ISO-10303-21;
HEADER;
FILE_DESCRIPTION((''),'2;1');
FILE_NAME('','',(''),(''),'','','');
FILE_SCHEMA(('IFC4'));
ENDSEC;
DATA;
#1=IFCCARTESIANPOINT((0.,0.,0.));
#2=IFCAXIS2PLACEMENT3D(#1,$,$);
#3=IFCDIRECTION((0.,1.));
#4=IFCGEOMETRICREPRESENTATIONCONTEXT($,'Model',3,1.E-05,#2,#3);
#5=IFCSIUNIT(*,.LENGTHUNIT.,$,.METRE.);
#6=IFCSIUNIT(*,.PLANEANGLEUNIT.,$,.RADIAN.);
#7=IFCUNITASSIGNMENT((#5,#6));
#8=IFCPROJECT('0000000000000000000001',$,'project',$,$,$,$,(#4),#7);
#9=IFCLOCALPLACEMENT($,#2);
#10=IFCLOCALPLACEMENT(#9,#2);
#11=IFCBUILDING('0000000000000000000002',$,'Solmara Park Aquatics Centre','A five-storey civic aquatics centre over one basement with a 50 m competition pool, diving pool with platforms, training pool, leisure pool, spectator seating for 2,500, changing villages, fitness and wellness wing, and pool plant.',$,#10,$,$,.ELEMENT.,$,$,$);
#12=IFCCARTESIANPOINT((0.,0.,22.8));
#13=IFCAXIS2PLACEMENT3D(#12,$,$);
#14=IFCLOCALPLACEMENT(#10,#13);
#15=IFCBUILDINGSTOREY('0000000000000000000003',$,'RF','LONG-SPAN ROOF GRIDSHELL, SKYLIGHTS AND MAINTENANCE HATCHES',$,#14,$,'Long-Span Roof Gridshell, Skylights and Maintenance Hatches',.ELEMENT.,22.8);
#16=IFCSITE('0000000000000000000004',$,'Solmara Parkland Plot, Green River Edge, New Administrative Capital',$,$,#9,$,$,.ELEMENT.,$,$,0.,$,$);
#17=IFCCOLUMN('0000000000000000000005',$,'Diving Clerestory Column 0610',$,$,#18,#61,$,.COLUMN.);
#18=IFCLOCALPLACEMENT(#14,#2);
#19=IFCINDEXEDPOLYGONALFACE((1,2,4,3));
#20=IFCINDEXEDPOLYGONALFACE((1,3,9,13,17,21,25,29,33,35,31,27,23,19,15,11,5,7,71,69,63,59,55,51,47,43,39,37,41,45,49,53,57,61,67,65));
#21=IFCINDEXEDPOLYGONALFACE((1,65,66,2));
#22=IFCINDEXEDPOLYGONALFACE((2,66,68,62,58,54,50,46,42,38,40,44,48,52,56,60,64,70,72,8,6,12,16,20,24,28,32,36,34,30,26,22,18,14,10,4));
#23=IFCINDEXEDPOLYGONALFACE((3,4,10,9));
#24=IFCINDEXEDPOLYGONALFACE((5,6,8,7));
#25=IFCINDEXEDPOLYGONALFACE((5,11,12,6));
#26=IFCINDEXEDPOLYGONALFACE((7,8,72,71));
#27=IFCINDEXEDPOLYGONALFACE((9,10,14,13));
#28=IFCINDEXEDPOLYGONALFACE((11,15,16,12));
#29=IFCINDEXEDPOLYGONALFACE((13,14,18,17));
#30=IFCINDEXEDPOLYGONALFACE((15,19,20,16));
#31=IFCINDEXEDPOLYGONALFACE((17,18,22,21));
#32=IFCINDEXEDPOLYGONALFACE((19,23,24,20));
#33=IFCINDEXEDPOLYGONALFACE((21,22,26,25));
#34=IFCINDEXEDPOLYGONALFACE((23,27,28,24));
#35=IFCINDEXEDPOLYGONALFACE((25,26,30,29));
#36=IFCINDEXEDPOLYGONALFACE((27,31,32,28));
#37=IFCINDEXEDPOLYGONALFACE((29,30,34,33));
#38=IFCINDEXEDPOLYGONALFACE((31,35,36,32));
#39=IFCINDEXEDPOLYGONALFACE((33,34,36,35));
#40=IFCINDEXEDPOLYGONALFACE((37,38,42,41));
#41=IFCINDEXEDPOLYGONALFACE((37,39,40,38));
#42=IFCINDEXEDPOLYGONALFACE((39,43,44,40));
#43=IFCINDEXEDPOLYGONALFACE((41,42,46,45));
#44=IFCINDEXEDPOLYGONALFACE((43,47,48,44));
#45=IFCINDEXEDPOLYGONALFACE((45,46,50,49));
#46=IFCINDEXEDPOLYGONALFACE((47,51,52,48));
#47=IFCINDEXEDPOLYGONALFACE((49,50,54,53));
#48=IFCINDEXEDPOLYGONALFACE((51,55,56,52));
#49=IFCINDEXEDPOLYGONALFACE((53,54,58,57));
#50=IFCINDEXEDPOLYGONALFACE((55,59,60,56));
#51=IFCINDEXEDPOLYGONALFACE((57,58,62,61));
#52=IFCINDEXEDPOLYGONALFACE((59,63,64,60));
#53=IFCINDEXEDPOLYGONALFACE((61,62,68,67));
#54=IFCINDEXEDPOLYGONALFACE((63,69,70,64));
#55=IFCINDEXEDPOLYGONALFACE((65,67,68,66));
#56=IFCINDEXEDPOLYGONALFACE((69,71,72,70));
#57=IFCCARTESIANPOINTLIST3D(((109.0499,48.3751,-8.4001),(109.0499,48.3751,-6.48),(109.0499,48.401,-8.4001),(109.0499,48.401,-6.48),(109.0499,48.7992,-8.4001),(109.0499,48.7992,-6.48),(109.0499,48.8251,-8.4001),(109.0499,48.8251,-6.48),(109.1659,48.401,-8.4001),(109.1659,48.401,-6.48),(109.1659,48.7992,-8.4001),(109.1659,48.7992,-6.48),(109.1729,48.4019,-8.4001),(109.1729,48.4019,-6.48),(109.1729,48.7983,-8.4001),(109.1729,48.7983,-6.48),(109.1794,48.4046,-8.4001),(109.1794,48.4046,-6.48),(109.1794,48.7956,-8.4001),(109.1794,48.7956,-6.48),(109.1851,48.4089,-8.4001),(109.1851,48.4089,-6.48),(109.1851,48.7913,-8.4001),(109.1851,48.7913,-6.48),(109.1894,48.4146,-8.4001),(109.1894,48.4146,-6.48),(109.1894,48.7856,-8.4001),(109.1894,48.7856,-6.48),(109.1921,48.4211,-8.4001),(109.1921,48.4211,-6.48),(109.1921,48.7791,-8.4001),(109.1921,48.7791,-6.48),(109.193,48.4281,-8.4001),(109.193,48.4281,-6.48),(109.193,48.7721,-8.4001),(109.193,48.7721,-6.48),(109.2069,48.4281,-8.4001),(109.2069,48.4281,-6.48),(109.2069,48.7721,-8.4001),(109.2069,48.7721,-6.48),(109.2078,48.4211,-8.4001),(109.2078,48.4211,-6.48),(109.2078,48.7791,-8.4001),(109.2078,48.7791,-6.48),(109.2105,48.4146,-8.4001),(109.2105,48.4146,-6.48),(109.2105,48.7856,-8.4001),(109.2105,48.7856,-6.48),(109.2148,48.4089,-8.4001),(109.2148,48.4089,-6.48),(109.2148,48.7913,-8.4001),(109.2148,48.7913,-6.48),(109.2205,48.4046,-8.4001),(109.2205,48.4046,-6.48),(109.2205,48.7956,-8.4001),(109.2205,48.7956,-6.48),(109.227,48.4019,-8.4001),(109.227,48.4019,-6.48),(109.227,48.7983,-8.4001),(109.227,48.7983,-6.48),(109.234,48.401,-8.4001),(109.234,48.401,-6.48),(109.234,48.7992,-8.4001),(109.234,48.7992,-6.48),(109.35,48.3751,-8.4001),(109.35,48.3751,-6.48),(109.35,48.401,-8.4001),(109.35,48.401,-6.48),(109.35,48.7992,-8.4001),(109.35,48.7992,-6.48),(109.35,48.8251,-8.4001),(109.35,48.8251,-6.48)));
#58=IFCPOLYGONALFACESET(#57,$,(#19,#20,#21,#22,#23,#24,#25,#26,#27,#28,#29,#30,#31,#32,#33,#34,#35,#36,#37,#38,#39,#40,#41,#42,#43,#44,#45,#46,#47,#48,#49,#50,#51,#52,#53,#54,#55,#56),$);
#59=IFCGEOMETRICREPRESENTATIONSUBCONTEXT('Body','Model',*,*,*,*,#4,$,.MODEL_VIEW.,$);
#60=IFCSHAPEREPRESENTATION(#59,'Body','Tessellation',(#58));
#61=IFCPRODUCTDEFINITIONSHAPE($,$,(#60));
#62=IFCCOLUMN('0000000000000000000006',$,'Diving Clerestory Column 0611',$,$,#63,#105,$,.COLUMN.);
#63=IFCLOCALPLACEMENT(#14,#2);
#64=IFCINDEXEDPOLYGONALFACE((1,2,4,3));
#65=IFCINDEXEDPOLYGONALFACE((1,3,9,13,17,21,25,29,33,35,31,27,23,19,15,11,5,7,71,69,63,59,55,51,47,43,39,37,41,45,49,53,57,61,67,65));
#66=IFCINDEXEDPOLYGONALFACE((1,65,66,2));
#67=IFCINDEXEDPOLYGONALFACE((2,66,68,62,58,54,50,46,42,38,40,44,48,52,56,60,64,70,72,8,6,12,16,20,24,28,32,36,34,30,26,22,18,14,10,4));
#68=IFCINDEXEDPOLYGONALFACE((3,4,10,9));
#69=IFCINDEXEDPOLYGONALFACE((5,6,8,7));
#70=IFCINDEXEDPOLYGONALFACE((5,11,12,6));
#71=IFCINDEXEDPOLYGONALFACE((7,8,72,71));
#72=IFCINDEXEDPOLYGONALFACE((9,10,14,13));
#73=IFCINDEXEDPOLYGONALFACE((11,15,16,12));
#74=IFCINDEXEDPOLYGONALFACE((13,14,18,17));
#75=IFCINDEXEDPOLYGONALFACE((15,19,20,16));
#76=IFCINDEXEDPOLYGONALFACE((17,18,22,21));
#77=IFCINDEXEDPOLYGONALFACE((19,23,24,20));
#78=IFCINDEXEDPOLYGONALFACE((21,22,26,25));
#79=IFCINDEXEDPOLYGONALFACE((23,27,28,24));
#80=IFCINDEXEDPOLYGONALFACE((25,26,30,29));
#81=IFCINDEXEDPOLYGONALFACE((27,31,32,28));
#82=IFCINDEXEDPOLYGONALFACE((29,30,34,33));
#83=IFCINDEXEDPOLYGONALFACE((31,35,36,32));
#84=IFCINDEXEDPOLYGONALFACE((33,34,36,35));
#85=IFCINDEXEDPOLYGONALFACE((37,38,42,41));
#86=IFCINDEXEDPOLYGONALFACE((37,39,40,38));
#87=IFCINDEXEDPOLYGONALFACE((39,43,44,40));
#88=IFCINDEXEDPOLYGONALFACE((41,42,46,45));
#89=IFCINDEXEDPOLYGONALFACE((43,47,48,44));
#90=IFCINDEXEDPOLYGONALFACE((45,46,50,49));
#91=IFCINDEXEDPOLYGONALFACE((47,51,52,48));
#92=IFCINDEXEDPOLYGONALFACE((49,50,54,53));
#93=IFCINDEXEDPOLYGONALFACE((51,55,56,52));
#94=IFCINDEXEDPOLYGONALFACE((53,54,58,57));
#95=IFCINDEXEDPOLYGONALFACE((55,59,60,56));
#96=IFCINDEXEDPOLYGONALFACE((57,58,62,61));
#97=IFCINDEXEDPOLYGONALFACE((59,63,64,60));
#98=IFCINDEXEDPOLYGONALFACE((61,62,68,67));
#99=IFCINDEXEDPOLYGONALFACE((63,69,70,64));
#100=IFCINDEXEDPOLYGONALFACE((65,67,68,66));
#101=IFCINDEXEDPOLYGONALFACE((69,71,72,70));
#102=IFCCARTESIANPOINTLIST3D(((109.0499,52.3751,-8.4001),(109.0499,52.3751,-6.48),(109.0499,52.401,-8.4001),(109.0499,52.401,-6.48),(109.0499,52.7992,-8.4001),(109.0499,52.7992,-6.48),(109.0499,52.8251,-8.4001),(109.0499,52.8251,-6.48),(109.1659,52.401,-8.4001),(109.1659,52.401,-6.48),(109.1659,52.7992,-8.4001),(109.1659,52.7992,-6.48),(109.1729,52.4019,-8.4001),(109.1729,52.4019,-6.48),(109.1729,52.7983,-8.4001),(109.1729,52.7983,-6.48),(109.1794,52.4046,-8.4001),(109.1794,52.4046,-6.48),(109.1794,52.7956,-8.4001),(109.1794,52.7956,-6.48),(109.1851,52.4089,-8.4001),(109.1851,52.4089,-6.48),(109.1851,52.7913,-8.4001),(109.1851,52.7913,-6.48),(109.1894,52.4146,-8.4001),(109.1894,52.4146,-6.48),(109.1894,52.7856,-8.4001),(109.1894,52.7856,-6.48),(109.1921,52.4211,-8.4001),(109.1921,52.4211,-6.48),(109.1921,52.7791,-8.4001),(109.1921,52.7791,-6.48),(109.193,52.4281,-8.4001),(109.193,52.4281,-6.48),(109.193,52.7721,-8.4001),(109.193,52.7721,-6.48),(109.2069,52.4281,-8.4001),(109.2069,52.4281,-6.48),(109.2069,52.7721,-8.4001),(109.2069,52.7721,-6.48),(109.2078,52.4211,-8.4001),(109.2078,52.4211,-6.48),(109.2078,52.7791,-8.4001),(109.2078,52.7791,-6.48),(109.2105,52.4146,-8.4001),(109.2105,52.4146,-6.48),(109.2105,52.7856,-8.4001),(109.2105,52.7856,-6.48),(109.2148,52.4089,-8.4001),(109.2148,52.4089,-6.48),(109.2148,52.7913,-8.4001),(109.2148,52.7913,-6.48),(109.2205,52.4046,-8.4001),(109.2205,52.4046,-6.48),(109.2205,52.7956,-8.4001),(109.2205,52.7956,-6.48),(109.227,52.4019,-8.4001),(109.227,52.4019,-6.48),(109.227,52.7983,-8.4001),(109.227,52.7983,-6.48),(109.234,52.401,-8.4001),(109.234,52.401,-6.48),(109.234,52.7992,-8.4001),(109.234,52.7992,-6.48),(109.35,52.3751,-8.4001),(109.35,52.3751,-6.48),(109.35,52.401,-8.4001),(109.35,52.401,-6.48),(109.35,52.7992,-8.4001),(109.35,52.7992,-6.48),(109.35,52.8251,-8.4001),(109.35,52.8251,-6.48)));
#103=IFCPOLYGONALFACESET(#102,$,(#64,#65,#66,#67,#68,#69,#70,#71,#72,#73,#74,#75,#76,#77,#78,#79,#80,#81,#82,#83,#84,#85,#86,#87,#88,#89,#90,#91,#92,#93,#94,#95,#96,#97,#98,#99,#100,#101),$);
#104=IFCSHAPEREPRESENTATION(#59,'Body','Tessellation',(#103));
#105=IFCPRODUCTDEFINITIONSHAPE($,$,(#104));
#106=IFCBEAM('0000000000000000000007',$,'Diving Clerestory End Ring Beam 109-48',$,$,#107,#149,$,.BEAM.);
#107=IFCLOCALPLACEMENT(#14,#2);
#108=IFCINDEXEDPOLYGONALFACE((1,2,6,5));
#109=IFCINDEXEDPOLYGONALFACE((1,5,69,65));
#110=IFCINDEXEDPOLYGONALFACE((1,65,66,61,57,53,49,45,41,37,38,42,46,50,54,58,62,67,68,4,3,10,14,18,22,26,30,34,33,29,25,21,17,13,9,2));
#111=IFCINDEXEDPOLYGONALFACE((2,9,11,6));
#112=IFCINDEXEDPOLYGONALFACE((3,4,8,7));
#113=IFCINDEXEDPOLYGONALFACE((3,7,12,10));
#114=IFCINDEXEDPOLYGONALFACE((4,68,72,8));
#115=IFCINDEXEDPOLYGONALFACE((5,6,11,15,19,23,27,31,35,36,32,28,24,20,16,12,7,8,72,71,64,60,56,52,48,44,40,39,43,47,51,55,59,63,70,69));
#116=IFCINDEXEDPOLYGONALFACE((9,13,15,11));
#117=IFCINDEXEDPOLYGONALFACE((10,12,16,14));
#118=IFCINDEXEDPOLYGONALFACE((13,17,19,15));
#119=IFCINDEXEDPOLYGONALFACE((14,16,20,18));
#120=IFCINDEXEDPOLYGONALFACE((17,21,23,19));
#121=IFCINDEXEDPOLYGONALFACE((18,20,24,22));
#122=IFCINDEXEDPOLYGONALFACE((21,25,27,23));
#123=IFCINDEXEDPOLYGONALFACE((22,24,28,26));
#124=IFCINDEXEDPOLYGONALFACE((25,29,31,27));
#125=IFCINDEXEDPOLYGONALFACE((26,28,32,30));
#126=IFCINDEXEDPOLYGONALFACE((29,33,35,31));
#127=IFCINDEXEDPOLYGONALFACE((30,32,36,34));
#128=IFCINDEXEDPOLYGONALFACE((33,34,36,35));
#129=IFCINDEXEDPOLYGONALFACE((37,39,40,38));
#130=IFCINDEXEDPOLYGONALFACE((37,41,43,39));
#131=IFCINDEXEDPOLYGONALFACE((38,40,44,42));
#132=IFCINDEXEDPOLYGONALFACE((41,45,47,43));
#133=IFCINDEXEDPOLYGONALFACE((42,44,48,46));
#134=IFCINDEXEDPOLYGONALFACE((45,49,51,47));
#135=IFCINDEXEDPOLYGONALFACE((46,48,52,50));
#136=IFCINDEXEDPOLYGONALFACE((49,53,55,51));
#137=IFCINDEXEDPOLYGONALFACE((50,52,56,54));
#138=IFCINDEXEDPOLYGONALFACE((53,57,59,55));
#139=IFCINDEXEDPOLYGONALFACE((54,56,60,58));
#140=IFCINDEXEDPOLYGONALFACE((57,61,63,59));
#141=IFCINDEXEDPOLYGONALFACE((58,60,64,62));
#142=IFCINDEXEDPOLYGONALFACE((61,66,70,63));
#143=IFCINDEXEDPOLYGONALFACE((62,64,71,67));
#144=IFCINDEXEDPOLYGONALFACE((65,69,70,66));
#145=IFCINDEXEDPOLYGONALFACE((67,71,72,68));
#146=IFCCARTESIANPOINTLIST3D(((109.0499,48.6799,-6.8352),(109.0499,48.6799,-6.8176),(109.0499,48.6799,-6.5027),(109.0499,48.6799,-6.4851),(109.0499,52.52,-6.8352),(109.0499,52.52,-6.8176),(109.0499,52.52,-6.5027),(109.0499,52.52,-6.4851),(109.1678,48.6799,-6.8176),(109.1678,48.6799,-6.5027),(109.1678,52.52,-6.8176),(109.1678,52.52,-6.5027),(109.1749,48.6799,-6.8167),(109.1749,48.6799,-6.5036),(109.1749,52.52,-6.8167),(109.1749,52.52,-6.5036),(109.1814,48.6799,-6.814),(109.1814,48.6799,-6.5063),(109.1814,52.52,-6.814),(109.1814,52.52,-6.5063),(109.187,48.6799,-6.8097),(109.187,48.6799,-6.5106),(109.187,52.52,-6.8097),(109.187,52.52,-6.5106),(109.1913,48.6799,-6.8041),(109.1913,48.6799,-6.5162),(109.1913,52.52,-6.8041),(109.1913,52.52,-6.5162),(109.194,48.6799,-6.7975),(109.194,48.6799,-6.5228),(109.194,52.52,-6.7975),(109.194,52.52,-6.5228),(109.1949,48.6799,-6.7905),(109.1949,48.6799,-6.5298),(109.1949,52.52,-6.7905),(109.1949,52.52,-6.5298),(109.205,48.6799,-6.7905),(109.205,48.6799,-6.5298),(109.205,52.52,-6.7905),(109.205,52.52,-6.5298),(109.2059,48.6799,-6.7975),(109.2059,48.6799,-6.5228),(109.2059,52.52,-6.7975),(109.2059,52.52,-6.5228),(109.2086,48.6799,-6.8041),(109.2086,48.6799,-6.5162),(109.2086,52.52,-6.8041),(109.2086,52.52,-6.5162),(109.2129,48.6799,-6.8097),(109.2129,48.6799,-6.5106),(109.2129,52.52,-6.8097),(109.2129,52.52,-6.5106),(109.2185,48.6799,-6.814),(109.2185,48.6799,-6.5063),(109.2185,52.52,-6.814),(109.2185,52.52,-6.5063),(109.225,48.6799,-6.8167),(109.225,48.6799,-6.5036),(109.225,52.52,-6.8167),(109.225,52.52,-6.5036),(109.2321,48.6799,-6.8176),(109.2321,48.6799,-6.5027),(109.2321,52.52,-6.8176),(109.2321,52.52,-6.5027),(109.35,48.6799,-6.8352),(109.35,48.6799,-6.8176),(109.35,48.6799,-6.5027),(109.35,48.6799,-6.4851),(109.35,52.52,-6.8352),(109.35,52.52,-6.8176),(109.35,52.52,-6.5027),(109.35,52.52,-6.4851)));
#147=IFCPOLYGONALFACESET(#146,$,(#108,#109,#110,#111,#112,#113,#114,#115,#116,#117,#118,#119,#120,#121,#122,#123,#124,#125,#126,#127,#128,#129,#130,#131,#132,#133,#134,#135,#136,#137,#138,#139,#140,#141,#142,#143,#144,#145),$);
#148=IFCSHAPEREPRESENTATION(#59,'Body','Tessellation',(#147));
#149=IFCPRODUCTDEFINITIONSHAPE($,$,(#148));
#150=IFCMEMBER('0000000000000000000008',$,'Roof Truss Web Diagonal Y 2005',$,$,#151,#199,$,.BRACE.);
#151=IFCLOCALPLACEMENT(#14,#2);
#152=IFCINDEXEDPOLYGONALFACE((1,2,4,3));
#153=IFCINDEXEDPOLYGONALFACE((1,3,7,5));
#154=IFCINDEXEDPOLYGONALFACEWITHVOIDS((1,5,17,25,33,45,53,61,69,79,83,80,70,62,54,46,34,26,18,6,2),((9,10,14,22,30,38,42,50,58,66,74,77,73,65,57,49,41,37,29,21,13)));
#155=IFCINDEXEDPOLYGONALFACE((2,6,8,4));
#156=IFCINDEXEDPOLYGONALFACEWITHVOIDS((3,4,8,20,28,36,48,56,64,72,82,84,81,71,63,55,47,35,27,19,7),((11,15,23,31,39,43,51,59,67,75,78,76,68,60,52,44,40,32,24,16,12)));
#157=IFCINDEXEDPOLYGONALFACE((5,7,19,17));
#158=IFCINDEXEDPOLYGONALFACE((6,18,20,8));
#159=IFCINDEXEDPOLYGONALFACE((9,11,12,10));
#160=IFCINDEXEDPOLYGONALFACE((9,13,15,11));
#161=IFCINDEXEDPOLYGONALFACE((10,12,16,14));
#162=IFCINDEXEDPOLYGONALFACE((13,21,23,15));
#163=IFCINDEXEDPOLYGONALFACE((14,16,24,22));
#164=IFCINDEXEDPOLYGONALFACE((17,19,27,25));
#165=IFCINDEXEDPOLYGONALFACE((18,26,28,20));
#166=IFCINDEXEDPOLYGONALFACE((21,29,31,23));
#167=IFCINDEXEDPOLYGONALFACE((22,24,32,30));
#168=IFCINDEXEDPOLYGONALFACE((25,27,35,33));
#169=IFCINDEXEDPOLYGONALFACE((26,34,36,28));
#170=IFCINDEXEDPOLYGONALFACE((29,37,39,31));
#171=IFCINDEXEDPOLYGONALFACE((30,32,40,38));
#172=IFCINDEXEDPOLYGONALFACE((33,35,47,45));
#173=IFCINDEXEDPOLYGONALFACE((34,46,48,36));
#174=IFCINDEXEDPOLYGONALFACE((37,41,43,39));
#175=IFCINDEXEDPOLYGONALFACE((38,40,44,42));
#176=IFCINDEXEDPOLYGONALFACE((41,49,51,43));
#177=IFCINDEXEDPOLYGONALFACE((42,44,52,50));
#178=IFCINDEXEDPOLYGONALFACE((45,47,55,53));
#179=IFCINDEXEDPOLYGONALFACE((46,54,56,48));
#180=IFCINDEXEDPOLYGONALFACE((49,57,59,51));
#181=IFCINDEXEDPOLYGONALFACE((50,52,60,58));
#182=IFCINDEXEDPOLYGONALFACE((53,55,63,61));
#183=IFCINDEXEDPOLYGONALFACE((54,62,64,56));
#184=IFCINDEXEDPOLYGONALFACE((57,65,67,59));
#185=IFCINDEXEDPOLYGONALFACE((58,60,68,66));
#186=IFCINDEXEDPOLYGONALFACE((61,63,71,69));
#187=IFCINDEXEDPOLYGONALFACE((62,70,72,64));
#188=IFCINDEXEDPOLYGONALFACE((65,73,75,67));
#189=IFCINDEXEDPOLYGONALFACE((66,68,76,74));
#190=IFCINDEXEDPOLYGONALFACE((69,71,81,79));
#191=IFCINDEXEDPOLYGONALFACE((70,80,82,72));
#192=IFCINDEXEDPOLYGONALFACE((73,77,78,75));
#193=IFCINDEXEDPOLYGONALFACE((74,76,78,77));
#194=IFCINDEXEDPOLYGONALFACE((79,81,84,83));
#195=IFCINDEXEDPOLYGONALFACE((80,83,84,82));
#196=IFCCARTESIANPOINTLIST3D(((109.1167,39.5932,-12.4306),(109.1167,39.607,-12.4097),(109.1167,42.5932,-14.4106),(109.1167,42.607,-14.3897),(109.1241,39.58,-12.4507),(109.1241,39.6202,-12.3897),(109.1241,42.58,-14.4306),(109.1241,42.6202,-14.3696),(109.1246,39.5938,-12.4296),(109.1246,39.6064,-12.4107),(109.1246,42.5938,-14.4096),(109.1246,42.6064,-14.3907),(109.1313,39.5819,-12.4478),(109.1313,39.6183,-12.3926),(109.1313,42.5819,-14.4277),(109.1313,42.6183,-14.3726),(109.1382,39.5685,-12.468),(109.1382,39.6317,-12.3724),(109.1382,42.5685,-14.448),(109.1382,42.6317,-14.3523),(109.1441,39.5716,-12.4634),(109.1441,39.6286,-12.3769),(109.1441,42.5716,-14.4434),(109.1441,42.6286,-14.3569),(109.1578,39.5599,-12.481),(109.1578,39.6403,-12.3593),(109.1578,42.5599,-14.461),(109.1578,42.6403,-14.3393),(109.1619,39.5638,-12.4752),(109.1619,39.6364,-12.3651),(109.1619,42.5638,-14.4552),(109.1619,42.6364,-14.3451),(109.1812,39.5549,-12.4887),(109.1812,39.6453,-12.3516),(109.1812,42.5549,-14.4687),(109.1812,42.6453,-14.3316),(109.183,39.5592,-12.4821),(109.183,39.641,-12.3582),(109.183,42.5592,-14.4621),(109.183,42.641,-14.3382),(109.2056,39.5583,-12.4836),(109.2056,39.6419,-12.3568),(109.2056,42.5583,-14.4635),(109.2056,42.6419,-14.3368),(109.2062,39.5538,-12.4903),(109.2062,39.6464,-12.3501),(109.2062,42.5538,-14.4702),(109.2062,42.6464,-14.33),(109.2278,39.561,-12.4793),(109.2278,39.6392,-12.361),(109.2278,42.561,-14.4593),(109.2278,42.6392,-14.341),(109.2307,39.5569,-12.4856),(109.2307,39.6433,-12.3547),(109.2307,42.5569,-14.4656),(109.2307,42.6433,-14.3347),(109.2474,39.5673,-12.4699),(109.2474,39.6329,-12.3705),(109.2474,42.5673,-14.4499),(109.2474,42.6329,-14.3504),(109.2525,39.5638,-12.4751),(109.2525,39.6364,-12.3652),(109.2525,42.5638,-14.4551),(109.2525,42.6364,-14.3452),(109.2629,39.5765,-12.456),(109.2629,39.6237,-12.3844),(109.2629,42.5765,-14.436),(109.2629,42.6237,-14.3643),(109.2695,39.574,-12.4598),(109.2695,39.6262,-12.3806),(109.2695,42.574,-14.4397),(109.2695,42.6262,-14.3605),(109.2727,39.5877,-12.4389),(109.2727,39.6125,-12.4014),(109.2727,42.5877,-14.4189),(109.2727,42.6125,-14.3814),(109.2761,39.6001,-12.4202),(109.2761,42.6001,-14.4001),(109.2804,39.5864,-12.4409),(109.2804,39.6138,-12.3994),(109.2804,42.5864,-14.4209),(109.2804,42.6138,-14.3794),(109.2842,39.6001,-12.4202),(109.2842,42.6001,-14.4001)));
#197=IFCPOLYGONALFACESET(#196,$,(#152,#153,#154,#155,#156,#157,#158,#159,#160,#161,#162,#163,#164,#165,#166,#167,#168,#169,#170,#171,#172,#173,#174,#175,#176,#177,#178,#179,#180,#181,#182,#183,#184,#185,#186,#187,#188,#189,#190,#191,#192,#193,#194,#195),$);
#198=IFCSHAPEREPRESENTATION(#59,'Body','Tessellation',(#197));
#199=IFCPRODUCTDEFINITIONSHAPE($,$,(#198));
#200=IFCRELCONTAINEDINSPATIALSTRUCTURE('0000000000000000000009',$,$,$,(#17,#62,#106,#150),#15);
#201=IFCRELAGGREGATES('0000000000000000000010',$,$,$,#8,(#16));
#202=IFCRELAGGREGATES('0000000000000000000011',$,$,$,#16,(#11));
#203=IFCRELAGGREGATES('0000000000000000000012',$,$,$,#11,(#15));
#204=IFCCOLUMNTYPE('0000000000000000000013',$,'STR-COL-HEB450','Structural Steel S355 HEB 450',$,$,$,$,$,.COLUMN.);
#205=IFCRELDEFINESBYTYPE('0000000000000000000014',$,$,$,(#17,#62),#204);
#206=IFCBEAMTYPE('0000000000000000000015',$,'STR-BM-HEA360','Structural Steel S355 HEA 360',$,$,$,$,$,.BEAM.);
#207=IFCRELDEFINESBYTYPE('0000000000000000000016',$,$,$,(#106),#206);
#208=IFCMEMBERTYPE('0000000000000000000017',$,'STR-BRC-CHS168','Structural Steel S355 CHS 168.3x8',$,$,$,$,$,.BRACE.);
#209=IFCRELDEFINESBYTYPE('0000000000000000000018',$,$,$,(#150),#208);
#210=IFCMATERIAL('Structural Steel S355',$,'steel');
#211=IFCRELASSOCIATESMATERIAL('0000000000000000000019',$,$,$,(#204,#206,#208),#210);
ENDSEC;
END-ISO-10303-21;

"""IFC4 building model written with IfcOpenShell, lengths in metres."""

from ifc_helpers import new_model, si_unit, direction, frame, origin, origin_2d, place, context, subcontext, project, spatial, hollow_circle, i_section, extrude, material, material_profile, profile_set, type_object, element, save


model = new_model("IFC4")

# Units and contexts
model_context = context("Model", 3, precision=1e-05, world=origin(), true_north=direction((0.0, 1.0)))
body_context = subcontext(model_context, "Body", "Model", "MODEL_VIEW")
ifc_project = project(units=[si_unit("LENGTHUNIT", "METRE"), si_unit("PLANEANGLEUNIT", "RADIAN")], contexts=[model_context])

# Site, building, storey
site_placement = place(None, origin())
site = spatial("IfcSite", under=ifc_project, at=site_placement, Name="Solmara Parkland Plot, Green River Edge, New Administrative Capital", CompositionType="ELEMENT", RefElevation=0.0)
building_placement = place(site_placement, origin())
building = spatial("IfcBuilding", under=site, at=building_placement, Name="Solmara Park Aquatics Centre", Description="A five-storey civic aquatics centre over one basement with a 50 m competition pool, diving pool with platforms, training pool, leisure pool, spectator seating for 2,500, changing villages, fitness and wellness wing, and pool plant.", CompositionType="ELEMENT")
storey_placement = place(building_placement, frame((0.0, 0.0, 22.8)))
storey = spatial("IfcBuildingStorey", under=building, at=storey_placement, Name="RF", Description="LONG-SPAN ROOF GRIDSHELL, SKYLIGHTS AND MAINTENANCE HATCHES", LongName="Long-Span Roof Gridshell, Skylights and Maintenance Hatches", CompositionType="ELEMENT", Elevation=22.8)

# Columns
ifc_material_1 = material(Name="Structural Steel S355", Category="steel")
ifc_material_profile_1 = material_profile(ifc_material_1, i_section(OverallWidth=0.3, OverallDepth=0.45, WebThickness=0.0139, FlangeThickness=0.0259, FilletRadius=0.0271, at=origin_2d()), Name="HEB 450")
ifc_profile_set_1 = profile_set([ifc_material_profile_1], Name="Structural Steel S355")
column_type = type_object("IfcColumnType", Name="STR-COL-HEB450", Description="Structural Steel S355 HEB 450", PredefinedType="COLUMN", material=ifc_profile_set_1)
for number, where, z_axis, x_axis, name in (
    (1, (109.2, 48.6001, -8.4001), (0.0, 0.0, 1.0), (1.0, 0.0, 0.0), "Diving Clerestory Column 0610"),
    (2, (109.2, 52.6001, -8.4001), (0.0, 0.0, 1.0), (1.0, 0.0, 0.0), "Diving Clerestory Column 0611"),
):
    element("IfcColumn", number, at=place(storey_placement, frame(where, z_axis=z_axis, x_axis=x_axis)), inside=storey, type_object=column_type, Name=name, PredefinedType="COLUMN", context=body_context, shape_type="SweptSolid", body=[
        extrude(i_section(OverallWidth=0.3, OverallDepth=0.45, WebThickness=0.0139, FlangeThickness=0.0259, FilletRadius=0.0271, at=origin_2d()), origin(), (0.0, 0.0, 1.0), 1.9202),
    ])

# Beam
ifc_material_profile_2 = material_profile(ifc_material_1, i_section(OverallWidth=0.3, OverallDepth=0.3501, WebThickness=0.01, FlangeThickness=0.0176, FilletRadius=0.0271, at=origin_2d()), Name="HEA 360")
ifc_profile_set_2 = profile_set([ifc_material_profile_2], Name="Structural Steel S355")
beam_type = type_object("IfcBeamType", Name="STR-BM-HEA360", Description="Structural Steel S355 HEA 360", PredefinedType="BEAM", material=ifc_profile_set_2)
beam_placement = place(storey_placement, frame((109.2, 48.6799, -6.6602), z_axis=(0.0, 1.0, 0.0), x_axis=(-1.0, 0.0, 0.0)))
element("IfcBeam", 3, at=beam_placement, inside=storey, type_object=beam_type, Name="Diving Clerestory End Ring Beam 109-48", PredefinedType="BEAM", context=body_context, shape_type="SweptSolid", body=[
    extrude(i_section(OverallWidth=0.3, OverallDepth=0.3501, WebThickness=0.01, FlangeThickness=0.0176, FilletRadius=0.0271, at=origin_2d()), origin(), (0.0, 0.0, 1.0), 3.8401),
])

# Member
ifc_material_profile_3 = material_profile(ifc_material_1, hollow_circle(Radius=0.0842, WallThickness=0.0081, at=origin_2d()), Name="CHS 168.3x8")
ifc_profile_set_3 = profile_set([ifc_material_profile_3], Name="Structural Steel S355")
member_type_1 = type_object("IfcMemberType", Name="STR-BRC-CHS168", Description="Structural Steel S355 CHS 168.3x8", PredefinedType="BRACE", material=ifc_profile_set_3)
for number, where, z_axis, x_axis, name in (
    (4, (109.2, 42.6001, -14.4001), (0.0, -0.834612, 0.550838), (1.0, 0.0, 0.0), "Roof Truss Web Diagonal Y 2005"),
):
    element("IfcMember", number, at=place(storey_placement, frame(where, z_axis=z_axis, x_axis=x_axis)), inside=storey, type_object=member_type_1, Name=name, PredefinedType="BRACE", context=body_context, shape_type="SweptSolid", body=[
        extrude(hollow_circle(Radius=0.0842, WallThickness=0.0081, at=origin_2d()), origin(), (0.0, 0.0, 1.0), 3.5945),
    ])

save(model, "model.ifc")
